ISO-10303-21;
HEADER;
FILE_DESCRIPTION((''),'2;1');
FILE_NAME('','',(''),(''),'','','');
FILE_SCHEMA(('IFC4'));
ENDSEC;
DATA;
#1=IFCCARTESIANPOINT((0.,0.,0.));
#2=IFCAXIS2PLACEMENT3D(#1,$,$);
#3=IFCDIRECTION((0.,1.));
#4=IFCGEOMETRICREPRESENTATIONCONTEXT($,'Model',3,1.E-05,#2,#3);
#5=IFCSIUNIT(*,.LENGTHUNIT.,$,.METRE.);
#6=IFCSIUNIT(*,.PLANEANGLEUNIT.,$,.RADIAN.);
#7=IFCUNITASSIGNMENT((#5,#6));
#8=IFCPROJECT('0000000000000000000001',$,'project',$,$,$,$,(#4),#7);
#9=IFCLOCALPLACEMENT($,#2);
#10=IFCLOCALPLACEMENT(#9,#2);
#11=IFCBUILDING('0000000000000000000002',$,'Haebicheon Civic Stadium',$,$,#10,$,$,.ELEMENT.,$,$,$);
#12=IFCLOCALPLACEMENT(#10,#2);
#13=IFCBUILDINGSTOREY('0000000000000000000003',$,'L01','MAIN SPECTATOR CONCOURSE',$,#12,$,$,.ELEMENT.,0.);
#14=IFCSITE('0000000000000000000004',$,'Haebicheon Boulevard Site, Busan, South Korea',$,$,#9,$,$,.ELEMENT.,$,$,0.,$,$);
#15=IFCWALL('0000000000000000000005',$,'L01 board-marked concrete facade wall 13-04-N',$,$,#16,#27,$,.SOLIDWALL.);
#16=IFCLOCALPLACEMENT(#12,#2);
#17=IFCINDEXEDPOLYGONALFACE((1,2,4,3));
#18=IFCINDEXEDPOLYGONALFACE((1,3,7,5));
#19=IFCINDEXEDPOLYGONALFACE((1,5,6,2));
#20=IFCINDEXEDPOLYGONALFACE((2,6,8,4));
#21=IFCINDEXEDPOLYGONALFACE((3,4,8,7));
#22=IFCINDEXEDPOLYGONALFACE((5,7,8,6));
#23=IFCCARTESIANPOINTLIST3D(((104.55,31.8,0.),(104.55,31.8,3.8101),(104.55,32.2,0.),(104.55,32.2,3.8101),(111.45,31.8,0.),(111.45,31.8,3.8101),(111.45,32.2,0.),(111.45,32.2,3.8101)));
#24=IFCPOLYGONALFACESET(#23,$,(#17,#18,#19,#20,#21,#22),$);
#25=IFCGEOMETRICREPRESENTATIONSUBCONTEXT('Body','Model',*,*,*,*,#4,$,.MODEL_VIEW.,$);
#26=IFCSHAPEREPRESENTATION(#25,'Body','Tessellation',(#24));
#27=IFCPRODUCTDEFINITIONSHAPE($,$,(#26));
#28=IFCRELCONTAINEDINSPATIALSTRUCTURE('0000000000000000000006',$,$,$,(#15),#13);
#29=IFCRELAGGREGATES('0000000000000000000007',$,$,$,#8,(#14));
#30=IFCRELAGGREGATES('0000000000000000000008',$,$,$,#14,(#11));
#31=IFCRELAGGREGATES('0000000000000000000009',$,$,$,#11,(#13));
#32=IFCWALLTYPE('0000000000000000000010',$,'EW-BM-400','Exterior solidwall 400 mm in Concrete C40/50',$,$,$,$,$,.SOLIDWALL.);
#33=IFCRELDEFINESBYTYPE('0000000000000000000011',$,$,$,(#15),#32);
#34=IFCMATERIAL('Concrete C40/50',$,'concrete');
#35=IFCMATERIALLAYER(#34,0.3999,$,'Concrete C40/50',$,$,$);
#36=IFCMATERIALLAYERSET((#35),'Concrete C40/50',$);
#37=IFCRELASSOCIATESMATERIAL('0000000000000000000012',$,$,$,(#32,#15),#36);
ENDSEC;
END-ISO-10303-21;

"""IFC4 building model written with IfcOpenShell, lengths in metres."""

from ifc_helpers import new_model, si_unit, direction, frame, frame_2d, origin, place, context, subcontext, project, spatial, rectangle, extrude, material, layer, layer_set, type_object, element, save


model = new_model("IFC4")

# Units and contexts
model_context = context("Model", 3, precision=1e-05, world=origin(), true_north=direction((0.0, 1.0)))
body_context = subcontext(model_context, "Body", "Model", "MODEL_VIEW")
ifc_project = project(units=[si_unit("LENGTHUNIT", "METRE"), si_unit("PLANEANGLEUNIT", "RADIAN")], contexts=[model_context])

# Site, building, storey
site_placement = place(None, origin())
site = spatial("IfcSite", under=ifc_project, at=site_placement, Name="Haebicheon Boulevard Site, Busan, South Korea", CompositionType="ELEMENT", RefElevation=0.0)
building_placement = place(site_placement, origin())
building = spatial("IfcBuilding", under=site, at=building_placement, Name="Haebicheon Civic Stadium", CompositionType="ELEMENT")
storey_placement = place(building_placement, origin())
storey = spatial("IfcBuildingStorey", under=building, at=storey_placement, Name="L01", Description="MAIN SPECTATOR CONCOURSE", CompositionType="ELEMENT", Elevation=0.0)

# Shared definitions
ifc_material_1 = material(Name="Concrete C40/50", Category="concrete")
ifc_layer = layer(ifc_material_1, 0.3999, Name="Concrete C40/50")
ifc_layer_set = layer_set([ifc_layer], Name="Concrete C40/50")
wall_type = type_object("IfcWallType", Name="EW-BM-400", Description="Exterior solidwall 400 mm in Concrete C40/50", PredefinedType="SOLIDWALL", material=ifc_layer_set)

# Wall
wall_1_placement = place(storey_placement, frame((104.55, 32.0, 0.0), z_axis=(0.0, 0.0, 1.0), x_axis=(1.0, 0.0, 0.0)))
element("IfcWall", 1, at=wall_1_placement, inside=storey, type_object=wall_type, material=ifc_layer_set, Name="L01 board-marked concrete facade wall 13-04-N", PredefinedType="SOLIDWALL", context=body_context, shape_type="SweptSolid", body=[
    extrude(rectangle(XDim=6.8999, YDim=0.3999, at=frame_2d((3.45, 0.0))), origin(), (0.0, 0.0, 1.0), 3.8101),
])

save(model, "model.ifc")
